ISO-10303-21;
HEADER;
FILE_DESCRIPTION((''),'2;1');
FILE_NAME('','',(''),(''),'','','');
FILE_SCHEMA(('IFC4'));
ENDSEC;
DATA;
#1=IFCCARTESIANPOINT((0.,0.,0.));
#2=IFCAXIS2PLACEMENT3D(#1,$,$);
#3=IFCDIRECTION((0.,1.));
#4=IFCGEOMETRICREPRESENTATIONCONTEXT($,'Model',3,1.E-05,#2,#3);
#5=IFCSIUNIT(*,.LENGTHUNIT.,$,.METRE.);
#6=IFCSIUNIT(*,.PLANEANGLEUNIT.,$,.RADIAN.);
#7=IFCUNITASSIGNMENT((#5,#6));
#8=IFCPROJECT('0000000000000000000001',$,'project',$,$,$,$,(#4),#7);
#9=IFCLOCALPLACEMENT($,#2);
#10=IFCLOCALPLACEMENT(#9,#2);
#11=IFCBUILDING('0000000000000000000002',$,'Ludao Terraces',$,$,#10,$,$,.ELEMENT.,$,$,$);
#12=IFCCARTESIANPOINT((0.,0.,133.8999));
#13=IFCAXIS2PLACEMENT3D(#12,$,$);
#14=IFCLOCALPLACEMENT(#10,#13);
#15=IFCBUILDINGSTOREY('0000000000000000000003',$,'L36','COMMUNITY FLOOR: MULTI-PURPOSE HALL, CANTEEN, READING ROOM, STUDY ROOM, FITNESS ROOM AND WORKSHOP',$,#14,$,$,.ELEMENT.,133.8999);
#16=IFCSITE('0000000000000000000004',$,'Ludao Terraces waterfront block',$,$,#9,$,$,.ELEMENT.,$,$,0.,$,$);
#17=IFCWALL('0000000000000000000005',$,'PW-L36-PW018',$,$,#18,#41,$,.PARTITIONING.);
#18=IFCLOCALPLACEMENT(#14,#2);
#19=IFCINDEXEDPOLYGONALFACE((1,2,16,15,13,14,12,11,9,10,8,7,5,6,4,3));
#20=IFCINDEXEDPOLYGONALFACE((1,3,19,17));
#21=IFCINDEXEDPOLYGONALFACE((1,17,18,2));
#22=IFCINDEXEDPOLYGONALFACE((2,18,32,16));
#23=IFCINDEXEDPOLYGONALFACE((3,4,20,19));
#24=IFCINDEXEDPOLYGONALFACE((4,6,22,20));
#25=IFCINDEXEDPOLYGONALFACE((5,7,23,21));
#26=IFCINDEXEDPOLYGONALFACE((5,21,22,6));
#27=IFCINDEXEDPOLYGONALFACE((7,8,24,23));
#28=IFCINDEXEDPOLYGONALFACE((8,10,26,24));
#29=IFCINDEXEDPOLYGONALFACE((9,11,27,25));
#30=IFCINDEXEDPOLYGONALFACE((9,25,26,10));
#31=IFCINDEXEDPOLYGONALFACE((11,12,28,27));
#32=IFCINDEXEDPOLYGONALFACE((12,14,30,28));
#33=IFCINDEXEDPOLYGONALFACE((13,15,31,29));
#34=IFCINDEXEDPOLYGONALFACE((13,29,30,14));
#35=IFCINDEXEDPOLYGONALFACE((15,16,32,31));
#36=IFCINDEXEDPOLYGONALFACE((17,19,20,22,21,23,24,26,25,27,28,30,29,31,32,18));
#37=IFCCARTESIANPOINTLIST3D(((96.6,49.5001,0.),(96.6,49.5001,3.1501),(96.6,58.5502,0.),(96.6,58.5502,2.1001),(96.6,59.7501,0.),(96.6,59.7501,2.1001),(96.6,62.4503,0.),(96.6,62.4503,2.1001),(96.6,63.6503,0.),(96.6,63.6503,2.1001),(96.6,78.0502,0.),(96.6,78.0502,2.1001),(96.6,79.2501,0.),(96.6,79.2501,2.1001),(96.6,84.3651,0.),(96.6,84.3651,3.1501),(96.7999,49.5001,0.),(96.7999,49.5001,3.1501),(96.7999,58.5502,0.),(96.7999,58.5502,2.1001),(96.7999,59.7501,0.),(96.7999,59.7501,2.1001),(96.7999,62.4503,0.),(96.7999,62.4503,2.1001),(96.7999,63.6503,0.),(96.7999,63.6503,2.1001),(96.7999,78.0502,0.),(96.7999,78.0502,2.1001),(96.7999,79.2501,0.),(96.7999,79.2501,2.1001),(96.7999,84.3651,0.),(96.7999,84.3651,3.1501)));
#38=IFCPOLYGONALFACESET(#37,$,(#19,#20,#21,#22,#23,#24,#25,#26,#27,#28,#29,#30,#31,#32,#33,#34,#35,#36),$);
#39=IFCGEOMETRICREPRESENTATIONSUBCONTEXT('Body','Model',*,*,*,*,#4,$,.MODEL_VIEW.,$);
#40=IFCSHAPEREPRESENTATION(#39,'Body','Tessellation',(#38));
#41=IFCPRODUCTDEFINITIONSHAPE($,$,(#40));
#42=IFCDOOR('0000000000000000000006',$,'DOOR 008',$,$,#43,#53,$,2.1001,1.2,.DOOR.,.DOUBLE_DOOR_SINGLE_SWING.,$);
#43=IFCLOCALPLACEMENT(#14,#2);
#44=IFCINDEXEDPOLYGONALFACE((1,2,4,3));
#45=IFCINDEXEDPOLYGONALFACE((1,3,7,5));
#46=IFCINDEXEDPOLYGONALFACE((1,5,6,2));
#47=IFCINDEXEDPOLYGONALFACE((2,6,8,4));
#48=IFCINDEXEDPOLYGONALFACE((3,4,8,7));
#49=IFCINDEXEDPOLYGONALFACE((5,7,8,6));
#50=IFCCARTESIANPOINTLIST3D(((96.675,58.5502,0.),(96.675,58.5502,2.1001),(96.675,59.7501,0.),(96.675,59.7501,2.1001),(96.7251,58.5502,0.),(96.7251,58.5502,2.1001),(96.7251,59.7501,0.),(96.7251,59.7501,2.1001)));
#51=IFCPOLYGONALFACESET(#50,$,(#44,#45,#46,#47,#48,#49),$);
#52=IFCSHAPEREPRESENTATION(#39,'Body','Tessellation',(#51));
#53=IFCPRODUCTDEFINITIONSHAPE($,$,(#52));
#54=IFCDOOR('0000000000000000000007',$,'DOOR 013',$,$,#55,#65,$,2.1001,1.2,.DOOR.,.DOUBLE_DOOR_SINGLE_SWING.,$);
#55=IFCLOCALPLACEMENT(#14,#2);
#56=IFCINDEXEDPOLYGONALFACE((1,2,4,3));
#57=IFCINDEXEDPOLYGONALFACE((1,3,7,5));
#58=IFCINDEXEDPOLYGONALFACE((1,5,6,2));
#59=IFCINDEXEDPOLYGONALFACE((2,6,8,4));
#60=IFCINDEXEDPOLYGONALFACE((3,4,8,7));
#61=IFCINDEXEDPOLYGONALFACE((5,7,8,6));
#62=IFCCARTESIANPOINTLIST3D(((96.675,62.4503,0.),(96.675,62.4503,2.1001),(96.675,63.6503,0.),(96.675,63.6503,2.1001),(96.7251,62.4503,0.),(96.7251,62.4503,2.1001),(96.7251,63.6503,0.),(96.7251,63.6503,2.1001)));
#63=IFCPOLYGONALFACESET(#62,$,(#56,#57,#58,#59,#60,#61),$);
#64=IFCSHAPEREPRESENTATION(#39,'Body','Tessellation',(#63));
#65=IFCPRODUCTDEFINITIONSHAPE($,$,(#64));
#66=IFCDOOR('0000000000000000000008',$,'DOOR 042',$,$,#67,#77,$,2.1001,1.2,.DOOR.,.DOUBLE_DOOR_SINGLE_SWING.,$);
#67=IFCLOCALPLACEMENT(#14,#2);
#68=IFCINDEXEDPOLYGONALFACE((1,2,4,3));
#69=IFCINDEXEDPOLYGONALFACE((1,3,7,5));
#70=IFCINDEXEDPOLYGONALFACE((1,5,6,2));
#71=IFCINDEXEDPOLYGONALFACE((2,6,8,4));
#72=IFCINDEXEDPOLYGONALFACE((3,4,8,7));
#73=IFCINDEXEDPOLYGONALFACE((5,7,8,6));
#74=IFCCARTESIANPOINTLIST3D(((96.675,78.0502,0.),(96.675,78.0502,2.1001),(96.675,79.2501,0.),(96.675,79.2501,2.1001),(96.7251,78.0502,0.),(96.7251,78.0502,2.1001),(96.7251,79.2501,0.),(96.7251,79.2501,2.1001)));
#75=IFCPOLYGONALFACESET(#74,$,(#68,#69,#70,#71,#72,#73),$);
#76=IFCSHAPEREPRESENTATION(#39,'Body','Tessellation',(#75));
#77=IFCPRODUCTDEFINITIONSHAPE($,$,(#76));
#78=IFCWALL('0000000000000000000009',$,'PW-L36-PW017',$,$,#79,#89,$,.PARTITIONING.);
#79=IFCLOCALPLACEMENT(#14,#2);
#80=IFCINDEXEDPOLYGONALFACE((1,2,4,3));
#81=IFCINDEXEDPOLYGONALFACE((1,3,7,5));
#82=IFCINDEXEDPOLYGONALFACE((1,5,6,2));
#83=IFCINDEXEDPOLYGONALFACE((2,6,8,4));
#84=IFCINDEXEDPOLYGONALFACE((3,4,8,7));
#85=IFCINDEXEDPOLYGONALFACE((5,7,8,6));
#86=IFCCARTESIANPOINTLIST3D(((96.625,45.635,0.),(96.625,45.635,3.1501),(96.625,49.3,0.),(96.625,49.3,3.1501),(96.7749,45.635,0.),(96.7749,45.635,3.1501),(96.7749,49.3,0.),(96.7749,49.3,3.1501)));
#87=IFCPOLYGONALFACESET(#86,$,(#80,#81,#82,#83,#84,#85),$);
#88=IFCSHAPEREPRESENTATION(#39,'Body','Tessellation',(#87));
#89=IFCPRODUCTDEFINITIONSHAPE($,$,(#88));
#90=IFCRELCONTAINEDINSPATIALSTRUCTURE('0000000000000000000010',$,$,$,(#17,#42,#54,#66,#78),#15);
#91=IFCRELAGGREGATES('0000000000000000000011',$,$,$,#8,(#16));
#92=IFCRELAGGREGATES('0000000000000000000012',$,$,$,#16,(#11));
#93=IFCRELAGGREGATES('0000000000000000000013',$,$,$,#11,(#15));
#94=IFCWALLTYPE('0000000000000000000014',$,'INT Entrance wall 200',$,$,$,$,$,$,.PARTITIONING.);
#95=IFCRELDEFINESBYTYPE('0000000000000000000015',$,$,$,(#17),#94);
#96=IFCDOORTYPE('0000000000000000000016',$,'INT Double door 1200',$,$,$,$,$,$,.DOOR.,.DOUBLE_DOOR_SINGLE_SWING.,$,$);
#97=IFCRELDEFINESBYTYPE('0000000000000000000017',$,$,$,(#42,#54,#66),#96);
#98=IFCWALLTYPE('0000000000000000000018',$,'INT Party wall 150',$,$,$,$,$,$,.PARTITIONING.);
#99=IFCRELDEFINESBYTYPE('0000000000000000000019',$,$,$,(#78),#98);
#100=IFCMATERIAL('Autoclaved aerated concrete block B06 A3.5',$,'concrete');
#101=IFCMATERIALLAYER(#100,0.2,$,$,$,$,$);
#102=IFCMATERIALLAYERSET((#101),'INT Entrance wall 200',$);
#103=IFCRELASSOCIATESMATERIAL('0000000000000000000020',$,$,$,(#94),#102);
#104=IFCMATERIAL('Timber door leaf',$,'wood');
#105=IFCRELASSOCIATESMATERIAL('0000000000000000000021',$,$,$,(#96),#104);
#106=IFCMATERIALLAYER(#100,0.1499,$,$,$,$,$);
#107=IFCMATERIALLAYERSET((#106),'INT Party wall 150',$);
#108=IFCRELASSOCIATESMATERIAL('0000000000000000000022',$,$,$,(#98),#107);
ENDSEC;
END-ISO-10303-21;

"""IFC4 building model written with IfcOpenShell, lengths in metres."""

from ifc_helpers import new_model, si_unit, direction, frame, frame_2d, origin, place, context, subcontext, project, spatial, rectangle, extrude, material, layer, layer_set, type_object, element, fill, save


model = new_model("IFC4")

# Units and contexts
model_context = context("Model", 3, precision=1e-05, world=origin(), true_north=direction((0.0, 1.0)))
body_context = subcontext(model_context, "Body", "Model", "MODEL_VIEW")
ifc_project = project(units=[si_unit("LENGTHUNIT", "METRE"), si_unit("PLANEANGLEUNIT", "RADIAN")], contexts=[model_context])

# Site, building, storey
site_placement = place(None, origin())
site = spatial("IfcSite", under=ifc_project, at=site_placement, Name="Ludao Terraces waterfront block", CompositionType="ELEMENT", RefElevation=0.0)
building_placement = place(site_placement, origin())
building = spatial("IfcBuilding", under=site, at=building_placement, Name="Ludao Terraces", CompositionType="ELEMENT")
storey_placement = place(building_placement, frame((0.0, 0.0, 133.8999)))
storey = spatial("IfcBuildingStorey", under=building, at=storey_placement, Name="L36", Description="COMMUNITY FLOOR: MULTI-PURPOSE HALL, CANTEEN, READING ROOM, STUDY ROOM, FITNESS ROOM AND WORKSHOP", CompositionType="ELEMENT", Elevation=133.8999)

# Wall, openings, doors
ifc_material_1 = material(Name="Autoclaved aerated concrete block B06 A3.5", Category="concrete")
ifc_layer_1 = layer(ifc_material_1, 0.2)
ifc_layer_set_1 = layer_set([ifc_layer_1], Name="INT Entrance wall 200")
wall_type_1 = type_object("IfcWallType", Name="INT Entrance wall 200", PredefinedType="PARTITIONING", material=ifc_layer_set_1)
wall_1_placement = place(storey_placement, frame((96.7, 49.5, 0.0), z_axis=(0.0, 0.0, 1.0), x_axis=(0.0, 1.0, 0.0)))
wall_1 = element("IfcWall", 1, at=wall_1_placement, inside=storey, type_object=wall_type_1, Name="PW-L36-PW018", PredefinedType="PARTITIONING", context=body_context, shape_type="SweptSolid", body=[
    extrude(rectangle(XDim=34.865, YDim=0.2, at=frame_2d((17.4326, 0.0))), origin(), (0.0, 0.0, 1.0), 3.1501),
])
opening_1_placement = place(wall_1_placement, frame((9.05, 0.0, 0.0)))
opening_1 = element("IfcOpeningElement", 2, at=opening_1_placement, cuts=wall_1, PredefinedType="OPENING", context=body_context, shape_type="SweptSolid", body=[
    extrude(rectangle(XDim=1.2, YDim=2.1001, at=frame_2d((0.6001, 1.05))), frame((0.0, 0.1099, 0.0), z_axis=(0.0, -1.0, 0.0), x_axis=(1.0, 0.0, 0.0)), (0.0, 0.0, 1.0), 0.22),
])
opening_2_placement = place(wall_1_placement, frame((12.9502, 0.0, 0.0)))
opening_2 = element("IfcOpeningElement", 3, at=opening_2_placement, cuts=wall_1, PredefinedType="OPENING", context=body_context, shape_type="SweptSolid", body=[
    extrude(rectangle(XDim=1.2, YDim=2.1001, at=frame_2d((0.6001, 1.05))), frame((0.0, 0.1099, 0.0), z_axis=(0.0, -1.0, 0.0), x_axis=(1.0, 0.0, 0.0)), (0.0, 0.0, 1.0), 0.22),
])
opening_3_placement = place(wall_1_placement, frame((28.55, 0.0, 0.0)))
opening_3 = element("IfcOpeningElement", 4, at=opening_3_placement, cuts=wall_1, PredefinedType="OPENING", context=body_context, shape_type="SweptSolid", body=[
    extrude(rectangle(XDim=1.2, YDim=2.1001, at=frame_2d((0.6001, 1.05))), frame((0.0, 0.1099, 0.0), z_axis=(0.0, -1.0, 0.0), x_axis=(1.0, 0.0, 0.0)), (0.0, 0.0, 1.0), 0.22),
])
ifc_material_2 = material(Name="Timber door leaf", Category="wood")
door_type = type_object("IfcDoorType", Name="INT Double door 1200", OperationType="DOUBLE_DOOR_SINGLE_SWING", PredefinedType="DOOR", material=ifc_material_2)
door_1_placement = place(opening_1_placement, origin())
door_1 = element("IfcDoor", 5, at=door_1_placement, inside=storey, type_object=door_type, Name="DOOR 008", OperationType="DOUBLE_DOOR_SINGLE_SWING", OverallHeight=2.1001, OverallWidth=1.2, PredefinedType="DOOR", context=body_context, shape_type="SweptSolid", body=[
    extrude(rectangle(XDim=1.2, YDim=2.1001, at=frame_2d((0.6001, 1.05))), frame((0.0, 0.0249, 0.0), z_axis=(0.0, -1.0, 0.0), x_axis=(1.0, 0.0, 0.0)), (0.0, 0.0, 1.0), 0.05),
])
fill(opening_1, door_1)
door_2_placement = place(opening_2_placement, origin())
door_2 = element("IfcDoor", 6, at=door_2_placement, inside=storey, type_object=door_type, Name="DOOR 013", OperationType="DOUBLE_DOOR_SINGLE_SWING", OverallHeight=2.1001, OverallWidth=1.2, PredefinedType="DOOR", context=body_context, shape_type="SweptSolid", body=[
    extrude(rectangle(XDim=1.2, YDim=2.1001, at=frame_2d((0.6001, 1.05))), frame((0.0, 0.0249, 0.0), z_axis=(0.0, -1.0, 0.0), x_axis=(1.0, 0.0, 0.0)), (0.0, 0.0, 1.0), 0.05),
])
fill(opening_2, door_2)
door_3_placement = place(opening_3_placement, origin())
door_3 = element("IfcDoor", 7, at=door_3_placement, inside=storey, type_object=door_type, Name="DOOR 042", OperationType="DOUBLE_DOOR_SINGLE_SWING", OverallHeight=2.1001, OverallWidth=1.2, PredefinedType="DOOR", context=body_context, shape_type="SweptSolid", body=[
    extrude(rectangle(XDim=1.2, YDim=2.1001, at=frame_2d((0.6001, 1.05))), frame((0.0, 0.0249, 0.0), z_axis=(0.0, -1.0, 0.0), x_axis=(1.0, 0.0, 0.0)), (0.0, 0.0, 1.0), 0.05),
])
fill(opening_3, door_3)

# Wall
ifc_layer_2 = layer(ifc_material_1, 0.1499)
ifc_layer_set_2 = layer_set([ifc_layer_2], Name="INT Party wall 150")
wall_type_2 = type_object("IfcWallType", Name="INT Party wall 150", PredefinedType="PARTITIONING", material=ifc_layer_set_2)
wall_2_placement = place(storey_placement, frame((96.7, 45.635, 0.0), z_axis=(0.0, 0.0, 1.0), x_axis=(0.0, 1.0, 0.0)))
element("IfcWall", 8, at=wall_2_placement, inside=storey, type_object=wall_type_2, Name="PW-L36-PW017", PredefinedType="PARTITIONING", context=body_context, shape_type="SweptSolid", body=[
    extrude(rectangle(XDim=3.665, YDim=0.1499, at=frame_2d((1.8325, 0.0))), origin(), (0.0, 0.0, 1.0), 3.1501),
])

save(model, "model.ifc")
